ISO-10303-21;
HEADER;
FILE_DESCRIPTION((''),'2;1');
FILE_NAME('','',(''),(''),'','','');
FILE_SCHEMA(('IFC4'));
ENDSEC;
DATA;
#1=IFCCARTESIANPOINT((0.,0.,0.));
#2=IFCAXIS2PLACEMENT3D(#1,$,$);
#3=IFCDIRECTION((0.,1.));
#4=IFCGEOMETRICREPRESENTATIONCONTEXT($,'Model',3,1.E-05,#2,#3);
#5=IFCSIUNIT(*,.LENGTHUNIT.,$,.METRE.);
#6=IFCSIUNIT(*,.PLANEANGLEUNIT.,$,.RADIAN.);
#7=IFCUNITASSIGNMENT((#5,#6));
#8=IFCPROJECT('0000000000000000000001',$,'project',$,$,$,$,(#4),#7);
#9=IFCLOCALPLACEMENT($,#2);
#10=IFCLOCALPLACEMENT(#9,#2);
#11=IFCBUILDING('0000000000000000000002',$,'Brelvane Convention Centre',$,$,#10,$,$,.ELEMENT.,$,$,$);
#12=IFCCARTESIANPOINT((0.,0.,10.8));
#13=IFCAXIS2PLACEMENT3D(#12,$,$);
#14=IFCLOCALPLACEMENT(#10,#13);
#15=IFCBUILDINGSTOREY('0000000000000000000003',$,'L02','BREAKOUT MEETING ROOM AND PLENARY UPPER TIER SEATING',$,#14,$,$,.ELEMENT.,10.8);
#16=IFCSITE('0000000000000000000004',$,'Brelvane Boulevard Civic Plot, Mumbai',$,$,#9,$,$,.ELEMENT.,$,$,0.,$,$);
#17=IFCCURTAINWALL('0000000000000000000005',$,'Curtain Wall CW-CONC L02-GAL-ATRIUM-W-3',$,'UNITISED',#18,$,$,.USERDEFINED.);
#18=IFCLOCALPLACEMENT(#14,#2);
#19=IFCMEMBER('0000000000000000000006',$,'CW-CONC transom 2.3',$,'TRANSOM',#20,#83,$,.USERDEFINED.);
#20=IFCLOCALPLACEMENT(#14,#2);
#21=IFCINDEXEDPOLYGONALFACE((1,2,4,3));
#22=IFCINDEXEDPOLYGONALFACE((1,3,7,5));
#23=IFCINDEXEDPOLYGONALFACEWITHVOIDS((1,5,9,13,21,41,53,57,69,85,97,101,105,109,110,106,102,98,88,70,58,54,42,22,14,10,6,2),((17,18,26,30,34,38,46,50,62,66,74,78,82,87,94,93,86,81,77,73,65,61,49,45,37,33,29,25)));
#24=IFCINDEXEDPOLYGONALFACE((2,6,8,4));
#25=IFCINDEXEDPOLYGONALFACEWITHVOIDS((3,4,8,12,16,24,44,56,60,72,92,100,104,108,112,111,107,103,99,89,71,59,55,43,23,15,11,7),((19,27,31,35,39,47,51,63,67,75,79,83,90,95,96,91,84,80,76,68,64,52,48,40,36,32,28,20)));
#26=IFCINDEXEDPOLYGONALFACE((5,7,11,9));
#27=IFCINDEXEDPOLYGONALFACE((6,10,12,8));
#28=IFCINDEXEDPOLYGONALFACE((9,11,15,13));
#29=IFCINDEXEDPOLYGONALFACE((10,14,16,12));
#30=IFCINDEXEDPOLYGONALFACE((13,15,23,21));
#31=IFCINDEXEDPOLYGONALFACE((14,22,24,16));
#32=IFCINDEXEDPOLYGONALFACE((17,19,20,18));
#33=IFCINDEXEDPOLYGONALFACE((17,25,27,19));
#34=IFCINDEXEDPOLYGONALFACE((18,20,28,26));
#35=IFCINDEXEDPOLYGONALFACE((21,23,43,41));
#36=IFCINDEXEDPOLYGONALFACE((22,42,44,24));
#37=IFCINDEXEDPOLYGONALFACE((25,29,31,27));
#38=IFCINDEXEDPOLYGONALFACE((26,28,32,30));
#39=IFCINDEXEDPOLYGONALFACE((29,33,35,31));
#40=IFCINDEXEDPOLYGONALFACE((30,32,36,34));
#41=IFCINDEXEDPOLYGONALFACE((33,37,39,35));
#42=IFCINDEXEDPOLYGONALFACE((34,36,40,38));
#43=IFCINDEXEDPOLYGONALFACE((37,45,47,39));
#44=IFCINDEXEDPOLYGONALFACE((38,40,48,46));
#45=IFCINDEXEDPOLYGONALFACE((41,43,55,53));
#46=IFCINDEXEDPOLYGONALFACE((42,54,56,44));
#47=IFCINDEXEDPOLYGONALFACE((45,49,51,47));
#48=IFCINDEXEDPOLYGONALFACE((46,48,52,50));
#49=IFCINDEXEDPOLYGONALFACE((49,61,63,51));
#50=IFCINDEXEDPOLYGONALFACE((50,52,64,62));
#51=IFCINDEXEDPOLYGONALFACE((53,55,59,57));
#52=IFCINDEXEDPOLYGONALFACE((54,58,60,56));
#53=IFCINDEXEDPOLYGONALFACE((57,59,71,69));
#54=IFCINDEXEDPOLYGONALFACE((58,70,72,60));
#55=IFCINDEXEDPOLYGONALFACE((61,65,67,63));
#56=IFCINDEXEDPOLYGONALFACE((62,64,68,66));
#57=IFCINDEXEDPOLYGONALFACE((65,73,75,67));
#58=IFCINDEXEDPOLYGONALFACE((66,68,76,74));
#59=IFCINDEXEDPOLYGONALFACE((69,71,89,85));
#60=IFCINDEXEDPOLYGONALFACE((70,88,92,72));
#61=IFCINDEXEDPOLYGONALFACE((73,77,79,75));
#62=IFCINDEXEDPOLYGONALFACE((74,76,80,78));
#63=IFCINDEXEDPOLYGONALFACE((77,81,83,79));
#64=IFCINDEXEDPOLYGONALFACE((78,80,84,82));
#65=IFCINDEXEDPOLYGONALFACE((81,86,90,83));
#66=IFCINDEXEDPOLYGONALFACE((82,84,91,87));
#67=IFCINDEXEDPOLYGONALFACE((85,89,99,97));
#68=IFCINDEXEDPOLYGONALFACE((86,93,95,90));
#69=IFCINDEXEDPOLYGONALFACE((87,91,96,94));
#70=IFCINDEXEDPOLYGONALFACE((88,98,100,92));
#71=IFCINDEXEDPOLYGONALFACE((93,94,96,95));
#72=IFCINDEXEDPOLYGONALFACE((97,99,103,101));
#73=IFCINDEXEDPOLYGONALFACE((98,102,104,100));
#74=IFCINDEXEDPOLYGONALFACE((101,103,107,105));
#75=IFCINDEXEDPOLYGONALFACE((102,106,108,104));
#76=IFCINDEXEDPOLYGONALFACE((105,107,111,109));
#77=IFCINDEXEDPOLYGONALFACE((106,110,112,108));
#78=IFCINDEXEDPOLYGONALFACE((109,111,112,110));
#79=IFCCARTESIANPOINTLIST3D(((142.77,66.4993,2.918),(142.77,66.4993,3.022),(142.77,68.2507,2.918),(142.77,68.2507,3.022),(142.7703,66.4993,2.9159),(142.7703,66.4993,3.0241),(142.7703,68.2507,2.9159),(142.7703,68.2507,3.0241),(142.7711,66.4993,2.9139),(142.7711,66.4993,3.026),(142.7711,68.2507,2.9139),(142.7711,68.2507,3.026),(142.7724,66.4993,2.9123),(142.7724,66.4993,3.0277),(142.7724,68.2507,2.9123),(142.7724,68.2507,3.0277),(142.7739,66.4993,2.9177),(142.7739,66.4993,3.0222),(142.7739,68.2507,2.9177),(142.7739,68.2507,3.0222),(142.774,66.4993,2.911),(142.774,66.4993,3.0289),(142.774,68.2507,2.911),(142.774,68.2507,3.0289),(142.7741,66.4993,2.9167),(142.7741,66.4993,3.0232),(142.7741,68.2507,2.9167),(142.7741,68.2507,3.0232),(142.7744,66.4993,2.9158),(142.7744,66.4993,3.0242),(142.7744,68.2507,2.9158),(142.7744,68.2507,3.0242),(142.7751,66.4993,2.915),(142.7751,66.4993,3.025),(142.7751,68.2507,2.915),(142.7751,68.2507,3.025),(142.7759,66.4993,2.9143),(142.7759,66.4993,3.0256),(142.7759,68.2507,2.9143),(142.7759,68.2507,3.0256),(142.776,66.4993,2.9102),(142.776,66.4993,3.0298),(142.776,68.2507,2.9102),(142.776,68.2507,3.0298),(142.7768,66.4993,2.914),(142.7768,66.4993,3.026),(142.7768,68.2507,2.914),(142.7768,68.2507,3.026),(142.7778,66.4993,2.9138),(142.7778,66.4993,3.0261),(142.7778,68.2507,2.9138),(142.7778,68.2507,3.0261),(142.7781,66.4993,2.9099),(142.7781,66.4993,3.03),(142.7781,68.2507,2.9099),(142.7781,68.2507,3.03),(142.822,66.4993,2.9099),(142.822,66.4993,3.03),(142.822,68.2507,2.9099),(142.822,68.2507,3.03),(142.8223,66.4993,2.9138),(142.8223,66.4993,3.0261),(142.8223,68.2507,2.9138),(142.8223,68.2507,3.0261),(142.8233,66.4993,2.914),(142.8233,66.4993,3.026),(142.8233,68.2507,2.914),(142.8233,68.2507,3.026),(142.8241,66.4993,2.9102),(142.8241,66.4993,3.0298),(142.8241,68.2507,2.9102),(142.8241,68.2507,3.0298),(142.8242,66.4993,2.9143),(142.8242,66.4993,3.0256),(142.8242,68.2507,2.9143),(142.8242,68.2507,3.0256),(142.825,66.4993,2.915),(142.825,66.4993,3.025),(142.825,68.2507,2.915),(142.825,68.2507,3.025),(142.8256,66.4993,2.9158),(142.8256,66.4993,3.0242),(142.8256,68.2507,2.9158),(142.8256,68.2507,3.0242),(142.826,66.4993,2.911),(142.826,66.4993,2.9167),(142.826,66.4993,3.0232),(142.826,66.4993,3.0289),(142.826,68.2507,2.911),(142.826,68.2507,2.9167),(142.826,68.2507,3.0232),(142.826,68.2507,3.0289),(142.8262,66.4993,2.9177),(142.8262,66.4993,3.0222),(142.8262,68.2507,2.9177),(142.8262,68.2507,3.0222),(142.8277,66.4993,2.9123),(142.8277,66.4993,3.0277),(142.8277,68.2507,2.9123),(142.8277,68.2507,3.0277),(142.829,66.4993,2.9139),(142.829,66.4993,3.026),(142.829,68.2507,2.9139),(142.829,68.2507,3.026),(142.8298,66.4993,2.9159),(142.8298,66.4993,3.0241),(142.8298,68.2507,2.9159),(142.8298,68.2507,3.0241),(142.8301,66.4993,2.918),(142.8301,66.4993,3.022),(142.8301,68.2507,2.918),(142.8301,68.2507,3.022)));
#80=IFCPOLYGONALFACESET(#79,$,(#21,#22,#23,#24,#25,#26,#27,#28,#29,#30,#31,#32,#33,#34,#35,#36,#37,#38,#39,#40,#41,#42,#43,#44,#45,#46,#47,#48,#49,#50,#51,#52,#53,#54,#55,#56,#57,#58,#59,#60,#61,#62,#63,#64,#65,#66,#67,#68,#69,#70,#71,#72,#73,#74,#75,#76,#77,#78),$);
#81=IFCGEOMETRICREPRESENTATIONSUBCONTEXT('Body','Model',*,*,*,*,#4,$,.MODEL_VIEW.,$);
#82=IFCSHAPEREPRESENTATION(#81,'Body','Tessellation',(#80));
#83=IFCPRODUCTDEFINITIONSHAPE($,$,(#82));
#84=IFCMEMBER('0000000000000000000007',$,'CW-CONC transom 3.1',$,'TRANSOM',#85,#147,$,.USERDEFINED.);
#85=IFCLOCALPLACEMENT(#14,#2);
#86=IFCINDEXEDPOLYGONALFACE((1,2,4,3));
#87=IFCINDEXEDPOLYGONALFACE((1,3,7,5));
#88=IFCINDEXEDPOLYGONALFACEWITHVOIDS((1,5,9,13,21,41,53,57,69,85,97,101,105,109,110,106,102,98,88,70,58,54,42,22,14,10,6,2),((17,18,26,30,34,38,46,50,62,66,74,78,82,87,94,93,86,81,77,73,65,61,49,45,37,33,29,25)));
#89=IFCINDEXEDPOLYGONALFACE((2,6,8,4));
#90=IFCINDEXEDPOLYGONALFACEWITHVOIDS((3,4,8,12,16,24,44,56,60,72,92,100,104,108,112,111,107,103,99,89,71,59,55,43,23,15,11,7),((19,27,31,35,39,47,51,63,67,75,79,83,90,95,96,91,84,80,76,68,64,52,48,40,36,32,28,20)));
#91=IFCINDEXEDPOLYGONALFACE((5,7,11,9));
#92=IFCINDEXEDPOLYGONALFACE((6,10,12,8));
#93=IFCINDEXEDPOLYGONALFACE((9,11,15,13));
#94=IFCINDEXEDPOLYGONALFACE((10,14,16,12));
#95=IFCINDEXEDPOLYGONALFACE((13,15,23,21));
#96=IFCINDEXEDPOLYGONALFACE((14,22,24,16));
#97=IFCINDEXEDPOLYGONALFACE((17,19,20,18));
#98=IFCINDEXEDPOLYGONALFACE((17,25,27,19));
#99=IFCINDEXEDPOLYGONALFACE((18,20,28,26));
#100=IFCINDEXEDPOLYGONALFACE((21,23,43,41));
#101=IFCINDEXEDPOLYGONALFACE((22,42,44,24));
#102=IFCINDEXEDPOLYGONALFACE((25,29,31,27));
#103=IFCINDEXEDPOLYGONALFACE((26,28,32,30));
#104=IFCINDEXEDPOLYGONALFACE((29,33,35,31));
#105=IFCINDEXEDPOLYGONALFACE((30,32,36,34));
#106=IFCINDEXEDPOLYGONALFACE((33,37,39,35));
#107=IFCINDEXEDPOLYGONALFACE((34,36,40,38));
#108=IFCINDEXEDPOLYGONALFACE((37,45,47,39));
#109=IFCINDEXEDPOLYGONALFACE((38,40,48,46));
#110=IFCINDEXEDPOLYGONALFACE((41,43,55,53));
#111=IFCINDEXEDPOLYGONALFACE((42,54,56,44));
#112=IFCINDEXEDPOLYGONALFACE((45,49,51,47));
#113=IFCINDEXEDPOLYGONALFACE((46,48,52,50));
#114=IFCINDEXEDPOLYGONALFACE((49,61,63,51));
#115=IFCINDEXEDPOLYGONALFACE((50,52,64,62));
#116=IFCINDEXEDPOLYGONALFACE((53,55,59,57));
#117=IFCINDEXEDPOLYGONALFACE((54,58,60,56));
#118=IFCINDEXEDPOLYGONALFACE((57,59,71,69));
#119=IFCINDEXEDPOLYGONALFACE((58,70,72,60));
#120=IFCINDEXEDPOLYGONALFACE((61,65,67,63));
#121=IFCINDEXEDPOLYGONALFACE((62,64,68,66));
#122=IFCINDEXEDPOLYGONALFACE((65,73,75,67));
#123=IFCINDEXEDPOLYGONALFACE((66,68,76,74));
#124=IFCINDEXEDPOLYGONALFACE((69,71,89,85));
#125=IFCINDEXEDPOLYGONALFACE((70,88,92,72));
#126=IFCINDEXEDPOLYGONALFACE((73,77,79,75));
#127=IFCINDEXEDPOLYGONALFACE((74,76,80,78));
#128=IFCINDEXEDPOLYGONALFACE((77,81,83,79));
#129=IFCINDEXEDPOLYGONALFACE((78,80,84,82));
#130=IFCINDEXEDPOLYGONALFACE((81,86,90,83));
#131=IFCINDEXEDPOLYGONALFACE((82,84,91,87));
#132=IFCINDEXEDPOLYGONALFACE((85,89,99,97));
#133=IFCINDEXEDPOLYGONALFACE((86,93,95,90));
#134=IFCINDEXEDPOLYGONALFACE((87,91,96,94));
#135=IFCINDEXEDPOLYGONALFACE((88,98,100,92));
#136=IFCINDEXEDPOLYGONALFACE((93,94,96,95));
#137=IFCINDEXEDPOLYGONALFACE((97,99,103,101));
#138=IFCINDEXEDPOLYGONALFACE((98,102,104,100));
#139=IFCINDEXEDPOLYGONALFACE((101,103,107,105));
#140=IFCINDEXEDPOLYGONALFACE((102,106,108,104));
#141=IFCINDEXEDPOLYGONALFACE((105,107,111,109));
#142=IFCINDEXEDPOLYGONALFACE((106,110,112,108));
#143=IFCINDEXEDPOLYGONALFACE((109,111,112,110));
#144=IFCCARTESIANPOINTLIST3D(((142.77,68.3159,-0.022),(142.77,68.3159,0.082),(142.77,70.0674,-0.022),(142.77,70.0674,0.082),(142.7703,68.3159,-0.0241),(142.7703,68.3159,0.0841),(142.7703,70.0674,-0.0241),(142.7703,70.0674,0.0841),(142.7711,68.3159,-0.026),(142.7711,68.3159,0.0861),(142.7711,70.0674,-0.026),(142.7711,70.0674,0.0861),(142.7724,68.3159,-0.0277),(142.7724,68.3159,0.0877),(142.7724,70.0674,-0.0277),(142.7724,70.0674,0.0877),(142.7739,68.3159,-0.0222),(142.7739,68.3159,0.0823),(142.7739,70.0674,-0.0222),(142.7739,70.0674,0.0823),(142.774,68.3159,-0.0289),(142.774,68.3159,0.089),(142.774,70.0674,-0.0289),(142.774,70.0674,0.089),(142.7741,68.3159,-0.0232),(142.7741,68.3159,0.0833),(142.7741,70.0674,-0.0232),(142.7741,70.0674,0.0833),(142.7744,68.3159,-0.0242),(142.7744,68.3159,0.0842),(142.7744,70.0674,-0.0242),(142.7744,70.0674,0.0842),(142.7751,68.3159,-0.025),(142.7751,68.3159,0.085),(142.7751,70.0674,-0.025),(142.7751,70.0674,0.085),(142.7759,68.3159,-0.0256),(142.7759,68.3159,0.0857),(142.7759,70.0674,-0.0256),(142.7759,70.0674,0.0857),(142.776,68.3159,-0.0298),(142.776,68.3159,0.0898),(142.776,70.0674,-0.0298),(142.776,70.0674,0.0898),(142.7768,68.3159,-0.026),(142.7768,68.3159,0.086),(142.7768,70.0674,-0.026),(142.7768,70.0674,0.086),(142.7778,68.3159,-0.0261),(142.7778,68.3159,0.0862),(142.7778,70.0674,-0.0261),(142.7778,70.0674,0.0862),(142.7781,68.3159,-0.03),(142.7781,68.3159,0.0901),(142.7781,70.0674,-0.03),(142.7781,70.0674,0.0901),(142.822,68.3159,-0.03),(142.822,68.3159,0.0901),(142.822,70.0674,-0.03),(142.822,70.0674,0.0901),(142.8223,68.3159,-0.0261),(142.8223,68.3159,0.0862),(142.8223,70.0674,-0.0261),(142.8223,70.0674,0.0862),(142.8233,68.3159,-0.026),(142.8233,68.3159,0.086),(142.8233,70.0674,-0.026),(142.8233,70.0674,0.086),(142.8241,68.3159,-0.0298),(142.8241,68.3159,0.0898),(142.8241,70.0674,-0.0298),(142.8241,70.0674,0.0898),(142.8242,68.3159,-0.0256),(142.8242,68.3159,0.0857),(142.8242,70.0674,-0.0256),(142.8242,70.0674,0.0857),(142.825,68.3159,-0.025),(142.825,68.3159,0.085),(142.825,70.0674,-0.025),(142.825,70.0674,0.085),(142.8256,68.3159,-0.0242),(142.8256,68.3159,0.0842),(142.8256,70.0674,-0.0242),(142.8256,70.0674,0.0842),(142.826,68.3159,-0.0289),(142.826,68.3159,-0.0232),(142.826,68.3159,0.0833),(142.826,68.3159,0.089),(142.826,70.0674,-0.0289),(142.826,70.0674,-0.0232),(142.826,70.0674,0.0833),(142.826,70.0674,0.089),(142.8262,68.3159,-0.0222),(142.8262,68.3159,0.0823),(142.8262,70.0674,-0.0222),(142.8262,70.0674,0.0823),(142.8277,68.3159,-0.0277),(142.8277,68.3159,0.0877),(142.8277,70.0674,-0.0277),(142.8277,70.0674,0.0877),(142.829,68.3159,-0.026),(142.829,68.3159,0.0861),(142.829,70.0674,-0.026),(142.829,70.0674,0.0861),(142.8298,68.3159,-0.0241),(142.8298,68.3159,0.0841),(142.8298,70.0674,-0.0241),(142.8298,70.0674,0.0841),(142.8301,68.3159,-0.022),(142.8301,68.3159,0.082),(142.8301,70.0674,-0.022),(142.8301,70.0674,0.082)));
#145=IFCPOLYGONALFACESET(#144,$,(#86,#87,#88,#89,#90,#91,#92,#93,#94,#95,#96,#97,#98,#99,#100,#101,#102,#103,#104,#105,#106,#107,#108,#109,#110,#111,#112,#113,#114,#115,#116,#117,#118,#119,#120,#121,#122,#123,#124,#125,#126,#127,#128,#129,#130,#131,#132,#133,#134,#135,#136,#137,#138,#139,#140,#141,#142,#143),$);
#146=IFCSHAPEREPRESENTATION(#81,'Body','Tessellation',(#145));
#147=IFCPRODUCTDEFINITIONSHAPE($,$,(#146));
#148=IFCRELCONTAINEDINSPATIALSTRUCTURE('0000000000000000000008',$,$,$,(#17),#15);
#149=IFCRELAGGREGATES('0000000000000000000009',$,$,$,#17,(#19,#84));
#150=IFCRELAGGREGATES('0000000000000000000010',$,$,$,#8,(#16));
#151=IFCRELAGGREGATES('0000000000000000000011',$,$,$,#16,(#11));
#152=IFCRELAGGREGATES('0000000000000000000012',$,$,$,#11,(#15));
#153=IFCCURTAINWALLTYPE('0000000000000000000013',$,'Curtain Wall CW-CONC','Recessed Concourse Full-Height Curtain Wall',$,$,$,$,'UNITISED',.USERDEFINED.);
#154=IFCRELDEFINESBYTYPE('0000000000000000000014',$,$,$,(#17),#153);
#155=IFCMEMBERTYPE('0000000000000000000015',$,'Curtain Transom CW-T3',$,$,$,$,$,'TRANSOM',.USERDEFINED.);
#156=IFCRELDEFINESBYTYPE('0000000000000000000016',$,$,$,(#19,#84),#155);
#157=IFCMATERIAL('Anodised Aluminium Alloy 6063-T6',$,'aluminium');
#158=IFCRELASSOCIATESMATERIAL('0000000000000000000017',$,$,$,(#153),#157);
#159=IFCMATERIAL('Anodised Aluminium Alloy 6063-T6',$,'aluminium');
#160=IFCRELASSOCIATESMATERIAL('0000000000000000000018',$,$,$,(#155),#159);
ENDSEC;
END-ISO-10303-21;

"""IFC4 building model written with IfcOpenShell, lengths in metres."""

from ifc_helpers import new_model, si_unit, direction, frame, origin, origin_2d, place, context, subcontext, project, spatial, hollow_rectangle, extrude, material, material_profile, profile_set, type_object, element, aggregate, save


model = new_model("IFC4")

# Units and contexts
model_context = context("Model", 3, precision=1e-05, world=origin(), true_north=direction((0.0, 1.0)))
body_context = subcontext(model_context, "Body", "Model", "MODEL_VIEW")
ifc_project = project(units=[si_unit("LENGTHUNIT", "METRE"), si_unit("PLANEANGLEUNIT", "RADIAN")], contexts=[model_context])

# Site, building, storey
site_placement = place(None, origin())
site = spatial("IfcSite", under=ifc_project, at=site_placement, Name="Brelvane Boulevard Civic Plot, Mumbai", CompositionType="ELEMENT", RefElevation=0.0)
building_placement = place(site_placement, origin())
building = spatial("IfcBuilding", under=site, at=building_placement, Name="Brelvane Convention Centre", CompositionType="ELEMENT")
storey_placement = place(building_placement, frame((0.0, 0.0, 10.8)))
storey = spatial("IfcBuildingStorey", under=building, at=storey_placement, Name="L02", Description="BREAKOUT MEETING ROOM AND PLENARY UPPER TIER SEATING", CompositionType="ELEMENT", Elevation=10.8)

# Curtain wall, members
ifc_material_1 = material(Name="Anodised Aluminium Alloy 6063-T6", Category="aluminium")
curtain_wall_type = type_object("IfcCurtainWallType", Name="Curtain Wall CW-CONC", Description="Recessed Concourse Full-Height Curtain Wall", ElementType="UNITISED", PredefinedType="USERDEFINED", material=ifc_material_1)
curtain_wall_placement = place(storey_placement, origin())
curtain_wall = element("IfcCurtainWall", 1, at=curtain_wall_placement, inside=storey, type_object=curtain_wall_type, Name="Curtain Wall CW-CONC L02-GAL-ATRIUM-W-3", ObjectType="UNITISED", PredefinedType="USERDEFINED")
ifc_material_2 = material(Name="Anodised Aluminium Alloy 6063-T6", Category="aluminium")
ifc_material_profile_1 = material_profile(ifc_material_2, hollow_rectangle(XDim=0.0601, YDim=0.1201, WallThickness=0.0039, InnerFilletRadius=0.0039, OuterFilletRadius=0.0081, at=origin_2d()), Name="ALU-T 120x60x4.0")
ifc_profile_set_1 = profile_set([ifc_material_profile_1], Name="Anodised Aluminium Alloy 6063-T6")
member_type_1 = type_object("IfcMemberType", Name="Curtain Transom CW-T3", ElementType="TRANSOM", PredefinedType="USERDEFINED", material=ifc_profile_set_1)
member_1_placement = place(storey_placement, frame((142.8, 66.4993, 2.97), z_axis=(0.0, 1.0, 0.0), x_axis=(-1.0, 0.0, 0.0)))
member_1 = element("IfcMember", 2, at=member_1_placement, type_object=member_type_1, Name="CW-CONC transom 2.3", ObjectType="TRANSOM", PredefinedType="USERDEFINED", context=body_context, shape_type="SweptSolid", body=[
    extrude(hollow_rectangle(XDim=0.0601, YDim=0.1201, WallThickness=0.0039, InnerFilletRadius=0.0039, OuterFilletRadius=0.0081, at=origin_2d()), origin(), (0.0, 0.0, 1.0), 1.7515),
])
member_2_placement = place(storey_placement, frame((142.8, 68.3159, 0.03), z_axis=(0.0, 1.0, 0.0), x_axis=(-1.0, 0.0, 0.0)))
member_2 = element("IfcMember", 3, at=member_2_placement, type_object=member_type_1, Name="CW-CONC transom 3.1", ObjectType="TRANSOM", PredefinedType="USERDEFINED", context=body_context, shape_type="SweptSolid", body=[
    extrude(hollow_rectangle(XDim=0.0601, YDim=0.1201, WallThickness=0.0039, InnerFilletRadius=0.0039, OuterFilletRadius=0.0081, at=origin_2d()), origin(), (0.0, 0.0, 1.0), 1.7515),
])

aggregate(curtain_wall, [member_1, member_2])

save(model, "model.ifc")
